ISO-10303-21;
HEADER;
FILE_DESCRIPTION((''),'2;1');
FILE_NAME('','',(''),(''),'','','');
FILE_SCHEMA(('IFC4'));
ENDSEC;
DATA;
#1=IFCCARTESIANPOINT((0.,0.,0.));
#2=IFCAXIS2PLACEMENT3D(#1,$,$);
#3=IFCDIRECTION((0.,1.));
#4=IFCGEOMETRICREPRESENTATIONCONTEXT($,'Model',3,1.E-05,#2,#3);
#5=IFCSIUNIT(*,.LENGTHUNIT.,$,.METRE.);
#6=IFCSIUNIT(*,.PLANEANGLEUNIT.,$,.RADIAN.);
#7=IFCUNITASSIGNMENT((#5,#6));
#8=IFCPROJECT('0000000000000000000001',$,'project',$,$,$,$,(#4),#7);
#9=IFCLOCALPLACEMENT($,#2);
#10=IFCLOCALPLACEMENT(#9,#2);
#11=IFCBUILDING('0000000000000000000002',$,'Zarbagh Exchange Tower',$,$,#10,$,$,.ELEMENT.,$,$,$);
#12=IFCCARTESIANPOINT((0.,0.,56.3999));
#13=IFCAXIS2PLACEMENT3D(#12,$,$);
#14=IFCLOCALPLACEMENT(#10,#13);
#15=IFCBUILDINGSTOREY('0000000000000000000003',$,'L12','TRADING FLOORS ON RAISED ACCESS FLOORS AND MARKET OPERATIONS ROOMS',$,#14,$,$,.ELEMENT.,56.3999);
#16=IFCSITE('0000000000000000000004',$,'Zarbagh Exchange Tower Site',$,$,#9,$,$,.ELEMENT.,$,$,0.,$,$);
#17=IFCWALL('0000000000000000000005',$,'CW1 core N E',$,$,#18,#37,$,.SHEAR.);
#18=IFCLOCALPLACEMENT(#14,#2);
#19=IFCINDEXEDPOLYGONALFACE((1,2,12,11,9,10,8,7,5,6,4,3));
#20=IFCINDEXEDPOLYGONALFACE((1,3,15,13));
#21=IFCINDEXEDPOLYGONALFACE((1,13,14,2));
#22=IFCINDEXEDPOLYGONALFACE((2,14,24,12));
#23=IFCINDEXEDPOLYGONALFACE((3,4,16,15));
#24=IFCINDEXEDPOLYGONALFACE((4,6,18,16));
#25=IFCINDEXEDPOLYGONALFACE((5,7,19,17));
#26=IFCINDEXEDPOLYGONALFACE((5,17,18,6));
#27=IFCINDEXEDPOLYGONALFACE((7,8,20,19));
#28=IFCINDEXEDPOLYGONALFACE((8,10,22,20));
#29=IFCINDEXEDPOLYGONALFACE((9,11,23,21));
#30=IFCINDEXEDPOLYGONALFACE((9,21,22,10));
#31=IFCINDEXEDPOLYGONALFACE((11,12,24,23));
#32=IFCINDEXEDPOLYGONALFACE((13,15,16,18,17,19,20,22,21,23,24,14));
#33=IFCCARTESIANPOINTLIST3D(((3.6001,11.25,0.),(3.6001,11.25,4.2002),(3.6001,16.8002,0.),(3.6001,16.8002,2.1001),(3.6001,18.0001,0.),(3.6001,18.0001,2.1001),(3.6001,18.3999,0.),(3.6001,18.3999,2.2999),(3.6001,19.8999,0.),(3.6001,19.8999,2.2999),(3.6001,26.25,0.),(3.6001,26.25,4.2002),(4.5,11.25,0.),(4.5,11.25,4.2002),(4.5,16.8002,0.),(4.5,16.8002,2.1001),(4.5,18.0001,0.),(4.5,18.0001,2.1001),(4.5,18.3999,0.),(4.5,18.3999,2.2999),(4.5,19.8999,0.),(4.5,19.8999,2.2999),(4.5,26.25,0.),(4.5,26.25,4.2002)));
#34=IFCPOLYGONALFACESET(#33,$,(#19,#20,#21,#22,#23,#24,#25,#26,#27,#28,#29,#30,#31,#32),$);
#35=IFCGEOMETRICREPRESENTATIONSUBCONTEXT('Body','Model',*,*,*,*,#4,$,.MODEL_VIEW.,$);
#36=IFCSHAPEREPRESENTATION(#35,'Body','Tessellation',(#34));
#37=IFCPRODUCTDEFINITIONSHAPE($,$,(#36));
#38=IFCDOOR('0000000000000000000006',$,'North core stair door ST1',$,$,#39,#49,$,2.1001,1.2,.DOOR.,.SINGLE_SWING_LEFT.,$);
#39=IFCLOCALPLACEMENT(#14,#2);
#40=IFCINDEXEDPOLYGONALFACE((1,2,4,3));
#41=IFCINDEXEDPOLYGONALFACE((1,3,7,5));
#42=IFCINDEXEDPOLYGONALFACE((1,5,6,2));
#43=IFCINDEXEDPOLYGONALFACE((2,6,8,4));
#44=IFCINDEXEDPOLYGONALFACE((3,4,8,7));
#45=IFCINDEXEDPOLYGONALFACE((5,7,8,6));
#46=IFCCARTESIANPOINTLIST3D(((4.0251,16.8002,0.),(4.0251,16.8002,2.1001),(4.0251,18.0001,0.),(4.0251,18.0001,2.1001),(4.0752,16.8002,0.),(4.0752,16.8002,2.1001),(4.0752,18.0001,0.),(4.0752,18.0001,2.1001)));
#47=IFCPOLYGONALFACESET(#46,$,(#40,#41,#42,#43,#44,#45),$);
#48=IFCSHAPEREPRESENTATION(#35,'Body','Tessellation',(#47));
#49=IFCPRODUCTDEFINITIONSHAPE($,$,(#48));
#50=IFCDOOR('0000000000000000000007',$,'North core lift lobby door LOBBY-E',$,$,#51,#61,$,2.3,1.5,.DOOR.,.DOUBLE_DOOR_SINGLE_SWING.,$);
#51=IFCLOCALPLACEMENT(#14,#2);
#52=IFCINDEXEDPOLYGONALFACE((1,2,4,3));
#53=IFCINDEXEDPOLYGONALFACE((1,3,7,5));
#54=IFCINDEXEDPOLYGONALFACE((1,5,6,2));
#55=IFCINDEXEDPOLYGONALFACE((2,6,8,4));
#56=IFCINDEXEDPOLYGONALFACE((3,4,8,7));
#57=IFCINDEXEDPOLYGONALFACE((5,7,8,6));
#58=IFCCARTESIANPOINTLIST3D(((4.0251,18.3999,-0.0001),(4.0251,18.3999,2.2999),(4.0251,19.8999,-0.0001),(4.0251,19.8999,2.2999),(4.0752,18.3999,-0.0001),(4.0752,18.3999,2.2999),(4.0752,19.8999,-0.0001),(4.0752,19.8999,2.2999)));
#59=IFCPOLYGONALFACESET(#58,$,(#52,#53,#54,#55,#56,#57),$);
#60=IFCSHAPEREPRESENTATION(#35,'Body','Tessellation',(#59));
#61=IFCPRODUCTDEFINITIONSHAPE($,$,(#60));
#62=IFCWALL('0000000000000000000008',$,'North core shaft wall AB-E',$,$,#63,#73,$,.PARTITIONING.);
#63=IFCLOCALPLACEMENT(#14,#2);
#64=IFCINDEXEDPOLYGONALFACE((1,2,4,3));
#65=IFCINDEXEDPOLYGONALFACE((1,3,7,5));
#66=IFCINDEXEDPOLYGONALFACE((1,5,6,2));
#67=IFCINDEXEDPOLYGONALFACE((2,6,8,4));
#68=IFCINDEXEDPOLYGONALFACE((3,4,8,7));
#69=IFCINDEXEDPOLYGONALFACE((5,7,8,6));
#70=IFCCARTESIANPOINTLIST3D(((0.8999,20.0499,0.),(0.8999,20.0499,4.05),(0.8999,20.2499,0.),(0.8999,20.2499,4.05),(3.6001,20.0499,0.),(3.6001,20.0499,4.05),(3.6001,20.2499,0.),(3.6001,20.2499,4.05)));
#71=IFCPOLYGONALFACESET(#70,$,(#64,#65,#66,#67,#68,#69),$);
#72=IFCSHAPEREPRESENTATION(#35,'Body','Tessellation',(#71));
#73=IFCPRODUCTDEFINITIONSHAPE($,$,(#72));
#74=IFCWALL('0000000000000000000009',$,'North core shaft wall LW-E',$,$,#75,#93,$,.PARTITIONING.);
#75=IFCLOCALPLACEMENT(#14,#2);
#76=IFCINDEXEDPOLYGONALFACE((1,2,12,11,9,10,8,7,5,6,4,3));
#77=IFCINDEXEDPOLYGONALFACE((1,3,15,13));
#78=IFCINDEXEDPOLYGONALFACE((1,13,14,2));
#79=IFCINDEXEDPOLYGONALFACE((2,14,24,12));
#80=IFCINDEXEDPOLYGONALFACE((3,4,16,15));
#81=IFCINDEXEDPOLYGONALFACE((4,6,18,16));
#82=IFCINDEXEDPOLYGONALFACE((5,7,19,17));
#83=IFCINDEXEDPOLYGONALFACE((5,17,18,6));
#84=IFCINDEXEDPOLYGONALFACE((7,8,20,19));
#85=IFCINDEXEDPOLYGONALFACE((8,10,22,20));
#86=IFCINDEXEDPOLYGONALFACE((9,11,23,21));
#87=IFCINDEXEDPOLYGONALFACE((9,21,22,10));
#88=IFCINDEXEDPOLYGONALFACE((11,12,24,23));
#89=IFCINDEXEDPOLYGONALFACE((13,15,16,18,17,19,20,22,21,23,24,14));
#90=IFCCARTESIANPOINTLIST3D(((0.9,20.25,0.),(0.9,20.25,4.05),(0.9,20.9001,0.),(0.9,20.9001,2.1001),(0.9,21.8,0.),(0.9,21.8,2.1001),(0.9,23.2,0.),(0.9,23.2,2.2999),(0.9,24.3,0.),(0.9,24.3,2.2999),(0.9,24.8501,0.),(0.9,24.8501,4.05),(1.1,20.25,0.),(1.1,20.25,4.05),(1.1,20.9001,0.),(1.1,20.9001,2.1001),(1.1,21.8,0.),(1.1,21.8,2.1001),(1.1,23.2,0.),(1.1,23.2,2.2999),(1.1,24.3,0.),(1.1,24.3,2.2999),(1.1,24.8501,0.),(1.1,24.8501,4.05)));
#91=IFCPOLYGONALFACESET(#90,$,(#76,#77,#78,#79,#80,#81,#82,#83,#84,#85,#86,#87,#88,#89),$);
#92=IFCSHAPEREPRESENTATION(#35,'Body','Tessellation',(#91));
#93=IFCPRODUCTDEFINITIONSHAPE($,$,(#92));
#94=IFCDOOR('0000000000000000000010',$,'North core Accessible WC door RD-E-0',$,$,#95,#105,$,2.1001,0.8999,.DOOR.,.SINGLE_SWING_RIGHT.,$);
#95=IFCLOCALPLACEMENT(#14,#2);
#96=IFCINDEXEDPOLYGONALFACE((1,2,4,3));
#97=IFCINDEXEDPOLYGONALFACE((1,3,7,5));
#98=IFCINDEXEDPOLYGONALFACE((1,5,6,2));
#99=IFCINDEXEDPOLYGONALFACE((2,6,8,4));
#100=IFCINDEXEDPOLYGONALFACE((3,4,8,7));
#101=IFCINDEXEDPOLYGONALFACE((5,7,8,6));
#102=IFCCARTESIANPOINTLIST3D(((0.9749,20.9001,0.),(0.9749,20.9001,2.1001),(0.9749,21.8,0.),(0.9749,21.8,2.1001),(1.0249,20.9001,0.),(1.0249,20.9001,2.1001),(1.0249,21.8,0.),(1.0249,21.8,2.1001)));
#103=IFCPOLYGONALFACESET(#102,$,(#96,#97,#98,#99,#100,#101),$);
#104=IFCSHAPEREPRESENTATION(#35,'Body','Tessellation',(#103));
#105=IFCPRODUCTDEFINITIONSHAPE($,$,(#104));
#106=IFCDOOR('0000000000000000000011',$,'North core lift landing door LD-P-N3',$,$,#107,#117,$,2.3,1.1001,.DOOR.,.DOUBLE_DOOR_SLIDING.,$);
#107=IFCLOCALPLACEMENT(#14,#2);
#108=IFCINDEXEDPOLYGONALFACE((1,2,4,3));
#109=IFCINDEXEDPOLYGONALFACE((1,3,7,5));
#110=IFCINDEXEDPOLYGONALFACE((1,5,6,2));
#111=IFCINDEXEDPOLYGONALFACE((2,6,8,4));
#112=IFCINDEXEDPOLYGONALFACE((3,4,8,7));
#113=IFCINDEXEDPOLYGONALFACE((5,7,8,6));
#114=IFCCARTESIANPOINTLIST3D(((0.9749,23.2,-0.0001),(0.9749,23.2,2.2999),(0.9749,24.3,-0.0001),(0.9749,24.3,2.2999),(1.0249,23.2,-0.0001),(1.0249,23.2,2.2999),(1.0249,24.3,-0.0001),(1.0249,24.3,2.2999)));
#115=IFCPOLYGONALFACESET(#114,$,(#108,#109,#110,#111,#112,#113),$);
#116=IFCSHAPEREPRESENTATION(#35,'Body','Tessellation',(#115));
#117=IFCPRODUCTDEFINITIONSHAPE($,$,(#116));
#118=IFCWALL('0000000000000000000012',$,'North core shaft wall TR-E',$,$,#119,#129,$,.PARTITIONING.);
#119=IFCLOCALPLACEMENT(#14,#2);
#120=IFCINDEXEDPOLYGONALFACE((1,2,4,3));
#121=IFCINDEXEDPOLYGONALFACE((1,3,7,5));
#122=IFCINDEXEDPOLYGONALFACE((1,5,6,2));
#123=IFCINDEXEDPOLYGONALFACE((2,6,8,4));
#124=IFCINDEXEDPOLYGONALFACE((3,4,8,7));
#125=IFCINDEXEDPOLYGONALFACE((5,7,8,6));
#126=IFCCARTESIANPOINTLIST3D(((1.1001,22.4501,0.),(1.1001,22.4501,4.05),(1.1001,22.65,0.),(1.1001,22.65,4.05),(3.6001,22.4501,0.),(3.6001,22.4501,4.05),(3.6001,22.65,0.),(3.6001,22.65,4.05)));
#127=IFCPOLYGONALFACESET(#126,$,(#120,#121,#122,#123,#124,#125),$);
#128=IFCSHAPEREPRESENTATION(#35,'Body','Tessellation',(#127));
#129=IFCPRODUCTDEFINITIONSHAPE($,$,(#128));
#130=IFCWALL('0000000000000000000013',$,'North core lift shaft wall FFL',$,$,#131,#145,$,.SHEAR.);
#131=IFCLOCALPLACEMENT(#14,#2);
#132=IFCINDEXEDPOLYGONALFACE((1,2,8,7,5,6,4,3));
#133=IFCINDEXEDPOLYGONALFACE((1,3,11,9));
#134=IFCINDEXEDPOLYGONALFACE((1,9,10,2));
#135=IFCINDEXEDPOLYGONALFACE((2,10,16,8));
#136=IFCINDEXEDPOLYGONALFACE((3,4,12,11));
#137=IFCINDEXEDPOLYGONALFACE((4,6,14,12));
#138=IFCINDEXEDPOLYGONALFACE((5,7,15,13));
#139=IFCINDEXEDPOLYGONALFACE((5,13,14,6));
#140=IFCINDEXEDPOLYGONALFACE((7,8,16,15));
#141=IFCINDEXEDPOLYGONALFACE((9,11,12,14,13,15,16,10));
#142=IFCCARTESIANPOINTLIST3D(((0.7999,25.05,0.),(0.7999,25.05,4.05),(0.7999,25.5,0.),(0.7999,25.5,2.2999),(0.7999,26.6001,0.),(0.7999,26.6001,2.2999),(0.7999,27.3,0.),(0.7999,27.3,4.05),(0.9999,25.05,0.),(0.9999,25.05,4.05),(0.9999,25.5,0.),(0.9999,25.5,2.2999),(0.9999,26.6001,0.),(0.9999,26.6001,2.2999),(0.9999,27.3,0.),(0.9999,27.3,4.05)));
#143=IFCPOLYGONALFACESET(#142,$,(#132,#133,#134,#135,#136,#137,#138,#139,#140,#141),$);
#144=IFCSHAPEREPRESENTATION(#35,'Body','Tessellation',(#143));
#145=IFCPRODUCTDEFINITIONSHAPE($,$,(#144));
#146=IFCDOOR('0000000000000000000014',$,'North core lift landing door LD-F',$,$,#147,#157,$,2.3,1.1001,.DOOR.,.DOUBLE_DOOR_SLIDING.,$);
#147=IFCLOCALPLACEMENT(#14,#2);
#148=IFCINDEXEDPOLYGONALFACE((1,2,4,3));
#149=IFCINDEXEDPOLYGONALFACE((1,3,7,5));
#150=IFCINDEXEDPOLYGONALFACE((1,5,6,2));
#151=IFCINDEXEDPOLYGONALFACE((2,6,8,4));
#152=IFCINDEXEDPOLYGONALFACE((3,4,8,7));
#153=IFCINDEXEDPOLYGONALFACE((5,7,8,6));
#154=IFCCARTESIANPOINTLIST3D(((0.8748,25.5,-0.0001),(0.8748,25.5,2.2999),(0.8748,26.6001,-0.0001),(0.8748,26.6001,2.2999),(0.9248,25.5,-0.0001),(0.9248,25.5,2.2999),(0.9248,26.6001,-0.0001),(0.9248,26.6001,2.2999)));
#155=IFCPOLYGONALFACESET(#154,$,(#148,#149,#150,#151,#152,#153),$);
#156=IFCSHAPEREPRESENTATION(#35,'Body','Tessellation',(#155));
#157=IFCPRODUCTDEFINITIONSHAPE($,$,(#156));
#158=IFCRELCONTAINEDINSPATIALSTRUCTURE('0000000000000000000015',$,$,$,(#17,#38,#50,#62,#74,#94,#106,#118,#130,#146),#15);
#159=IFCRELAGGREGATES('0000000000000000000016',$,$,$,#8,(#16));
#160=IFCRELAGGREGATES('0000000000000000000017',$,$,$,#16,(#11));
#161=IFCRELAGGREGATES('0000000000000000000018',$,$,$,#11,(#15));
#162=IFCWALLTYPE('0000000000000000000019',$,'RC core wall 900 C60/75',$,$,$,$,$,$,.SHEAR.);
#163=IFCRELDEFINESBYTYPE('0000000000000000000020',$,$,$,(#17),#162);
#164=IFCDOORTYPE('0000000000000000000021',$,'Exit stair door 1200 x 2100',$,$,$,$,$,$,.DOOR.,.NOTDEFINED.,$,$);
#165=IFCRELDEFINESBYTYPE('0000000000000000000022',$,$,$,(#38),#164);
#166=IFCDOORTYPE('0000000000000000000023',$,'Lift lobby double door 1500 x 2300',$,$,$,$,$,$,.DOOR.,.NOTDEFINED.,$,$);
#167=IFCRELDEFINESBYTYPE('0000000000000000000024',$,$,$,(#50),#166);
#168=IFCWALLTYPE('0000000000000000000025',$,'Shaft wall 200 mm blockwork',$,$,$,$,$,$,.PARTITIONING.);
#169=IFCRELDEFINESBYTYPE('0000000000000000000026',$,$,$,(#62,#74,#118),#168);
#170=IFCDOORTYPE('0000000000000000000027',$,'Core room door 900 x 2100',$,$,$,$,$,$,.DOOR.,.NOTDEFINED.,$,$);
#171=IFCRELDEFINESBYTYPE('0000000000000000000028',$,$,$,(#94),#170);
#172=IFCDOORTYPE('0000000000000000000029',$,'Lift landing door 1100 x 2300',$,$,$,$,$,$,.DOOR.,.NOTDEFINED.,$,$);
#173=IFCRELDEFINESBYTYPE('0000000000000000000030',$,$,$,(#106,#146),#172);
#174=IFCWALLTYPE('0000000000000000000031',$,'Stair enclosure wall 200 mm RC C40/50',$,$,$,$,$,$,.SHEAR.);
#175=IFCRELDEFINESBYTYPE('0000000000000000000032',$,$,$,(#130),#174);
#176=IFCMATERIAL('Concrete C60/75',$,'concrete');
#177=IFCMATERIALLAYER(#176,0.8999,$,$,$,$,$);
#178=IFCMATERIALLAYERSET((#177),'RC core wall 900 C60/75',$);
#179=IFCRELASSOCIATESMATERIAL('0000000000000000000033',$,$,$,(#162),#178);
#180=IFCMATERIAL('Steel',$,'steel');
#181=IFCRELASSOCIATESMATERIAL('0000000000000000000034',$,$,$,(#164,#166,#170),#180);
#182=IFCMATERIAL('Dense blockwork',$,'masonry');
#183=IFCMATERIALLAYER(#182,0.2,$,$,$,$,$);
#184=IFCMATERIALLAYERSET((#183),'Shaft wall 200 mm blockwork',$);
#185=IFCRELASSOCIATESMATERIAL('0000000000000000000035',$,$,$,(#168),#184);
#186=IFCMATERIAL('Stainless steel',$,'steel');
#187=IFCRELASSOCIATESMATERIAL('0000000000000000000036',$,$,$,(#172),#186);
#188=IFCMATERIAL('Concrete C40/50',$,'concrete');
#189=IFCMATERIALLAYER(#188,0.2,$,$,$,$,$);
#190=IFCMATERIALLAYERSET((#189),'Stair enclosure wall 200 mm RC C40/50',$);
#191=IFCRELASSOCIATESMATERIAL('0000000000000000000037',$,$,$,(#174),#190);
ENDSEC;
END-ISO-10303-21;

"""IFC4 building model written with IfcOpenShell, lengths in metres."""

from ifc_helpers import new_model, si_unit, direction, frame, frame_2d, origin, place, context, subcontext, project, spatial, rectangle, extrude, material, layer, layer_set, type_object, element, fill, save


model = new_model("IFC4")

# Units and contexts
model_context = context("Model", 3, precision=1e-05, world=origin(), true_north=direction((0.0, 1.0)))
body_context = subcontext(model_context, "Body", "Model", "MODEL_VIEW")
ifc_project = project(units=[si_unit("LENGTHUNIT", "METRE"), si_unit("PLANEANGLEUNIT", "RADIAN")], contexts=[model_context])

# Site, building, storey
site_placement = place(None, origin())
site = spatial("IfcSite", under=ifc_project, at=site_placement, Name="Zarbagh Exchange Tower Site", CompositionType="ELEMENT", RefElevation=0.0)
building_placement = place(site_placement, origin())
building = spatial("IfcBuilding", under=site, at=building_placement, Name="Zarbagh Exchange Tower", CompositionType="ELEMENT")
storey_placement = place(building_placement, frame((0.0, 0.0, 56.3999)))
storey = spatial("IfcBuildingStorey", under=building, at=storey_placement, Name="L12", Description="TRADING FLOORS ON RAISED ACCESS FLOORS AND MARKET OPERATIONS ROOMS", CompositionType="ELEMENT", Elevation=56.3999)

# Shared definitions
ifc_material_1 = material(Name="Concrete C60/75", Category="concrete")

# Wall, openings, doors
ifc_layer_1 = layer(ifc_material_1, 0.8999)
ifc_layer_set_1 = layer_set([ifc_layer_1], Name="RC core wall 900 C60/75")
wall_type_1 = type_object("IfcWallType", Name="RC core wall 900 C60/75", PredefinedType="SHEAR", material=ifc_layer_set_1)
wall_1_placement = place(storey_placement, frame((4.05, 11.25, 0.0), z_axis=(0.0, 0.0, 1.0), x_axis=(0.0, 1.0, 0.0)))
wall_1 = element("IfcWall", 1, at=wall_1_placement, inside=storey, type_object=wall_type_1, Name="CW1 core N E", PredefinedType="SHEAR", context=body_context, shape_type="SweptSolid", body=[
    extrude(rectangle(XDim=15.0, YDim=0.8999, at=frame_2d((7.5, 0.0))), origin(), (0.0, 0.0, 1.0), 4.2002),
])
opening_1_placement = place(wall_1_placement, frame((7.1499, 0.0, 0.0)))
opening_1 = element("IfcOpeningElement", 2, at=opening_1_placement, cuts=wall_1, PredefinedType="OPENING", context=body_context, shape_type="SweptSolid", body=[
    extrude(rectangle(XDim=1.5, YDim=2.3, at=frame_2d((0.75, 1.1499))), frame((0.0, 0.46, 0.0), z_axis=(0.0, -1.0, 0.0), x_axis=(1.0, 0.0, 0.0)), (0.0, 0.0, 1.0), 0.9199),
])
opening_2_placement = place(wall_1_placement, frame((5.55, 0.0, 0.0)))
opening_2 = element("IfcOpeningElement", 3, at=opening_2_placement, cuts=wall_1, PredefinedType="OPENING", context=body_context, shape_type="SweptSolid", body=[
    extrude(rectangle(XDim=1.2, YDim=2.1001, at=frame_2d((0.6001, 1.05))), frame((0.0, 0.46, 0.0), z_axis=(0.0, -1.0, 0.0), x_axis=(1.0, 0.0, 0.0)), (0.0, 0.0, 1.0), 0.9199),
])
ifc_material_2 = material(Name="Steel", Category="steel")
door_type_1 = type_object("IfcDoorType", Name="Exit stair door 1200 x 2100", OperationType="NOTDEFINED", PredefinedType="DOOR", material=ifc_material_2)
door_1_placement = place(opening_2_placement, origin())
door_1 = element("IfcDoor", 4, at=door_1_placement, inside=storey, type_object=door_type_1, Name="North core stair door ST1", OperationType="SINGLE_SWING_LEFT", OverallHeight=2.1001, OverallWidth=1.2, PredefinedType="DOOR", context=body_context, shape_type="SweptSolid", body=[
    extrude(rectangle(XDim=1.2, YDim=2.1001, at=frame_2d((0.6001, 1.05))), frame((0.0, 0.0249, 0.0), z_axis=(0.0, -1.0, 0.0), x_axis=(1.0, 0.0, 0.0)), (0.0, 0.0, 1.0), 0.05),
])
fill(opening_2, door_1)
door_type_2 = type_object("IfcDoorType", Name="Lift lobby double door 1500 x 2300", OperationType="NOTDEFINED", PredefinedType="DOOR", material=ifc_material_2)
door_2_placement = place(opening_1_placement, origin())
door_2 = element("IfcDoor", 5, at=door_2_placement, inside=storey, type_object=door_type_2, Name="North core lift lobby door LOBBY-E", OperationType="DOUBLE_DOOR_SINGLE_SWING", OverallHeight=2.3, OverallWidth=1.5, PredefinedType="DOOR", context=body_context, shape_type="SweptSolid", body=[
    extrude(rectangle(XDim=1.5, YDim=2.3, at=frame_2d((0.75, 1.1499))), frame((0.0, 0.0249, 0.0), z_axis=(0.0, -1.0, 0.0), x_axis=(1.0, 0.0, 0.0)), (0.0, 0.0, 1.0), 0.05),
])
fill(opening_1, door_2)

# Wall
ifc_material_3 = material(Name="Dense blockwork", Category="masonry")
ifc_layer_2 = layer(ifc_material_3, 0.2)
ifc_layer_set_2 = layer_set([ifc_layer_2], Name="Shaft wall 200 mm blockwork")
wall_type_2 = type_object("IfcWallType", Name="Shaft wall 200 mm blockwork", PredefinedType="PARTITIONING", material=ifc_layer_set_2)
wall_2_placement = place(storey_placement, frame((0.8999, 20.1499, 0.0), z_axis=(0.0, 0.0, 1.0), x_axis=(1.0, 0.0, 0.0)))
element("IfcWall", 6, at=wall_2_placement, inside=storey, type_object=wall_type_2, Name="North core shaft wall AB-E", PredefinedType="PARTITIONING", context=body_context, shape_type="SweptSolid", body=[
    extrude(rectangle(XDim=2.7002, YDim=0.2, at=frame_2d((1.3501, 0.0))), origin(), (0.0, 0.0, 1.0), 4.05),
])

# Wall, openings, doors
wall_3_placement = place(storey_placement, frame((1.0, 24.8501, 0.0), z_axis=(0.0, 0.0, 1.0), x_axis=(0.0, -1.0, 0.0)))
wall_3 = element("IfcWall", 7, at=wall_3_placement, inside=storey, type_object=wall_type_2, Name="North core shaft wall LW-E", PredefinedType="PARTITIONING", context=body_context, shape_type="SweptSolid", body=[
    extrude(rectangle(XDim=4.6001, YDim=0.2, at=frame_2d((2.3, 0.0))), origin(), (0.0, 0.0, 1.0), 4.05),
])
opening_3_placement = place(wall_3_placement, frame((0.55, 0.0, 0.0)))
opening_3 = element("IfcOpeningElement", 8, at=opening_3_placement, cuts=wall_3, PredefinedType="OPENING", context=body_context, shape_type="SweptSolid", body=[
    extrude(rectangle(XDim=1.1001, YDim=2.3, at=frame_2d((0.55, 1.1499))), frame((0.0, 0.1099, 0.0), z_axis=(0.0, -1.0, 0.0), x_axis=(1.0, 0.0, 0.0)), (0.0, 0.0, 1.0), 0.22),
])
opening_4_placement = place(wall_3_placement, frame((3.05, 0.0, 0.0)))
opening_4 = element("IfcOpeningElement", 9, at=opening_4_placement, cuts=wall_3, PredefinedType="OPENING", context=body_context, shape_type="SweptSolid", body=[
    extrude(rectangle(XDim=0.8999, YDim=2.1001, at=frame_2d((0.45, 1.05))), frame((0.0, 0.1099, 0.0), z_axis=(0.0, -1.0, 0.0), x_axis=(1.0, 0.0, 0.0)), (0.0, 0.0, 1.0), 0.22),
])
door_type_3 = type_object("IfcDoorType", Name="Core room door 900 x 2100", OperationType="NOTDEFINED", PredefinedType="DOOR", material=ifc_material_2)
door_3_placement = place(opening_4_placement, origin())
door_3 = element("IfcDoor", 10, at=door_3_placement, inside=storey, type_object=door_type_3, Name="North core Accessible WC door RD-E-0", OperationType="SINGLE_SWING_RIGHT", OverallHeight=2.1001, OverallWidth=0.8999, PredefinedType="DOOR", context=body_context, shape_type="SweptSolid", body=[
    extrude(rectangle(XDim=0.8999, YDim=2.1001, at=frame_2d((0.45, 1.05))), frame((0.0, 0.0249, 0.0), z_axis=(0.0, -1.0, 0.0), x_axis=(1.0, 0.0, 0.0)), (0.0, 0.0, 1.0), 0.05),
])
fill(opening_4, door_3)
ifc_material_4 = material(Name="Stainless steel", Category="steel")
door_type_4 = type_object("IfcDoorType", Name="Lift landing door 1100 x 2300", OperationType="NOTDEFINED", PredefinedType="DOOR", material=ifc_material_4)
door_4_placement = place(opening_3_placement, origin())
door_4 = element("IfcDoor", 11, at=door_4_placement, inside=storey, type_object=door_type_4, Name="North core lift landing door LD-P-N3", OperationType="DOUBLE_DOOR_SLIDING", OverallHeight=2.3, OverallWidth=1.1001, PredefinedType="DOOR", context=body_context, shape_type="SweptSolid", body=[
    extrude(rectangle(XDim=1.1001, YDim=2.3, at=frame_2d((0.55, 1.1499))), frame((0.0, 0.0249, 0.0), z_axis=(0.0, -1.0, 0.0), x_axis=(1.0, 0.0, 0.0)), (0.0, 0.0, 1.0), 0.05),
])
fill(opening_3, door_4)

# Wall
wall_4_placement = place(storey_placement, frame((1.1001, 22.55, 0.0), z_axis=(0.0, 0.0, 1.0), x_axis=(1.0, 0.0, 0.0)))
element("IfcWall", 12, at=wall_4_placement, inside=storey, type_object=wall_type_2, Name="North core shaft wall TR-E", PredefinedType="PARTITIONING", context=body_context, shape_type="SweptSolid", body=[
    extrude(rectangle(XDim=2.5, YDim=0.2, at=frame_2d((1.25, 0.0))), origin(), (0.0, 0.0, 1.0), 4.05),
])

# Wall, opening, door
ifc_material_5 = material(Name="Concrete C40/50", Category="concrete")
ifc_layer_3 = layer(ifc_material_5, 0.2)
ifc_layer_set_3 = layer_set([ifc_layer_3], Name="Stair enclosure wall 200 mm RC C40/50")
wall_type_3 = type_object("IfcWallType", Name="Stair enclosure wall 200 mm RC C40/50", PredefinedType="SHEAR", material=ifc_layer_set_3)
wall_5_placement = place(storey_placement, frame((0.8999, 27.3, 0.0), z_axis=(0.0, 0.0, 1.0), x_axis=(0.0, -1.0, 0.0)))
wall_5 = element("IfcWall", 13, at=wall_5_placement, inside=storey, type_object=wall_type_3, Name="North core lift shaft wall FFL", PredefinedType="SHEAR", context=body_context, shape_type="SweptSolid", body=[
    extrude(rectangle(XDim=2.25, YDim=0.2, at=frame_2d((1.125, 0.0))), origin(), (0.0, 0.0, 1.0), 4.05),
])
opening_5_placement = place(wall_5_placement, frame((0.7, 0.0, 0.0)))
opening_5 = element("IfcOpeningElement", 14, at=opening_5_placement, cuts=wall_5, PredefinedType="OPENING", context=body_context, shape_type="SweptSolid", body=[
    extrude(rectangle(XDim=1.1001, YDim=2.3, at=frame_2d((0.55, 1.1499))), frame((0.0, 0.1099, 0.0), z_axis=(0.0, -1.0, 0.0), x_axis=(1.0, 0.0, 0.0)), (0.0, 0.0, 1.0), 0.22),
])
door_5_placement = place(opening_5_placement, origin())
door_5 = element("IfcDoor", 15, at=door_5_placement, inside=storey, type_object=door_type_4, Name="North core lift landing door LD-F", OperationType="DOUBLE_DOOR_SLIDING", OverallHeight=2.3, OverallWidth=1.1001, PredefinedType="DOOR", context=body_context, shape_type="SweptSolid", body=[
    extrude(rectangle(XDim=1.1001, YDim=2.3, at=frame_2d((0.55, 1.1499))), frame((0.0, 0.0249, 0.0), z_axis=(0.0, -1.0, 0.0), x_axis=(1.0, 0.0, 0.0)), (0.0, 0.0, 1.0), 0.05),
])
fill(opening_5, door_5)

save(model, "model.ifc")
